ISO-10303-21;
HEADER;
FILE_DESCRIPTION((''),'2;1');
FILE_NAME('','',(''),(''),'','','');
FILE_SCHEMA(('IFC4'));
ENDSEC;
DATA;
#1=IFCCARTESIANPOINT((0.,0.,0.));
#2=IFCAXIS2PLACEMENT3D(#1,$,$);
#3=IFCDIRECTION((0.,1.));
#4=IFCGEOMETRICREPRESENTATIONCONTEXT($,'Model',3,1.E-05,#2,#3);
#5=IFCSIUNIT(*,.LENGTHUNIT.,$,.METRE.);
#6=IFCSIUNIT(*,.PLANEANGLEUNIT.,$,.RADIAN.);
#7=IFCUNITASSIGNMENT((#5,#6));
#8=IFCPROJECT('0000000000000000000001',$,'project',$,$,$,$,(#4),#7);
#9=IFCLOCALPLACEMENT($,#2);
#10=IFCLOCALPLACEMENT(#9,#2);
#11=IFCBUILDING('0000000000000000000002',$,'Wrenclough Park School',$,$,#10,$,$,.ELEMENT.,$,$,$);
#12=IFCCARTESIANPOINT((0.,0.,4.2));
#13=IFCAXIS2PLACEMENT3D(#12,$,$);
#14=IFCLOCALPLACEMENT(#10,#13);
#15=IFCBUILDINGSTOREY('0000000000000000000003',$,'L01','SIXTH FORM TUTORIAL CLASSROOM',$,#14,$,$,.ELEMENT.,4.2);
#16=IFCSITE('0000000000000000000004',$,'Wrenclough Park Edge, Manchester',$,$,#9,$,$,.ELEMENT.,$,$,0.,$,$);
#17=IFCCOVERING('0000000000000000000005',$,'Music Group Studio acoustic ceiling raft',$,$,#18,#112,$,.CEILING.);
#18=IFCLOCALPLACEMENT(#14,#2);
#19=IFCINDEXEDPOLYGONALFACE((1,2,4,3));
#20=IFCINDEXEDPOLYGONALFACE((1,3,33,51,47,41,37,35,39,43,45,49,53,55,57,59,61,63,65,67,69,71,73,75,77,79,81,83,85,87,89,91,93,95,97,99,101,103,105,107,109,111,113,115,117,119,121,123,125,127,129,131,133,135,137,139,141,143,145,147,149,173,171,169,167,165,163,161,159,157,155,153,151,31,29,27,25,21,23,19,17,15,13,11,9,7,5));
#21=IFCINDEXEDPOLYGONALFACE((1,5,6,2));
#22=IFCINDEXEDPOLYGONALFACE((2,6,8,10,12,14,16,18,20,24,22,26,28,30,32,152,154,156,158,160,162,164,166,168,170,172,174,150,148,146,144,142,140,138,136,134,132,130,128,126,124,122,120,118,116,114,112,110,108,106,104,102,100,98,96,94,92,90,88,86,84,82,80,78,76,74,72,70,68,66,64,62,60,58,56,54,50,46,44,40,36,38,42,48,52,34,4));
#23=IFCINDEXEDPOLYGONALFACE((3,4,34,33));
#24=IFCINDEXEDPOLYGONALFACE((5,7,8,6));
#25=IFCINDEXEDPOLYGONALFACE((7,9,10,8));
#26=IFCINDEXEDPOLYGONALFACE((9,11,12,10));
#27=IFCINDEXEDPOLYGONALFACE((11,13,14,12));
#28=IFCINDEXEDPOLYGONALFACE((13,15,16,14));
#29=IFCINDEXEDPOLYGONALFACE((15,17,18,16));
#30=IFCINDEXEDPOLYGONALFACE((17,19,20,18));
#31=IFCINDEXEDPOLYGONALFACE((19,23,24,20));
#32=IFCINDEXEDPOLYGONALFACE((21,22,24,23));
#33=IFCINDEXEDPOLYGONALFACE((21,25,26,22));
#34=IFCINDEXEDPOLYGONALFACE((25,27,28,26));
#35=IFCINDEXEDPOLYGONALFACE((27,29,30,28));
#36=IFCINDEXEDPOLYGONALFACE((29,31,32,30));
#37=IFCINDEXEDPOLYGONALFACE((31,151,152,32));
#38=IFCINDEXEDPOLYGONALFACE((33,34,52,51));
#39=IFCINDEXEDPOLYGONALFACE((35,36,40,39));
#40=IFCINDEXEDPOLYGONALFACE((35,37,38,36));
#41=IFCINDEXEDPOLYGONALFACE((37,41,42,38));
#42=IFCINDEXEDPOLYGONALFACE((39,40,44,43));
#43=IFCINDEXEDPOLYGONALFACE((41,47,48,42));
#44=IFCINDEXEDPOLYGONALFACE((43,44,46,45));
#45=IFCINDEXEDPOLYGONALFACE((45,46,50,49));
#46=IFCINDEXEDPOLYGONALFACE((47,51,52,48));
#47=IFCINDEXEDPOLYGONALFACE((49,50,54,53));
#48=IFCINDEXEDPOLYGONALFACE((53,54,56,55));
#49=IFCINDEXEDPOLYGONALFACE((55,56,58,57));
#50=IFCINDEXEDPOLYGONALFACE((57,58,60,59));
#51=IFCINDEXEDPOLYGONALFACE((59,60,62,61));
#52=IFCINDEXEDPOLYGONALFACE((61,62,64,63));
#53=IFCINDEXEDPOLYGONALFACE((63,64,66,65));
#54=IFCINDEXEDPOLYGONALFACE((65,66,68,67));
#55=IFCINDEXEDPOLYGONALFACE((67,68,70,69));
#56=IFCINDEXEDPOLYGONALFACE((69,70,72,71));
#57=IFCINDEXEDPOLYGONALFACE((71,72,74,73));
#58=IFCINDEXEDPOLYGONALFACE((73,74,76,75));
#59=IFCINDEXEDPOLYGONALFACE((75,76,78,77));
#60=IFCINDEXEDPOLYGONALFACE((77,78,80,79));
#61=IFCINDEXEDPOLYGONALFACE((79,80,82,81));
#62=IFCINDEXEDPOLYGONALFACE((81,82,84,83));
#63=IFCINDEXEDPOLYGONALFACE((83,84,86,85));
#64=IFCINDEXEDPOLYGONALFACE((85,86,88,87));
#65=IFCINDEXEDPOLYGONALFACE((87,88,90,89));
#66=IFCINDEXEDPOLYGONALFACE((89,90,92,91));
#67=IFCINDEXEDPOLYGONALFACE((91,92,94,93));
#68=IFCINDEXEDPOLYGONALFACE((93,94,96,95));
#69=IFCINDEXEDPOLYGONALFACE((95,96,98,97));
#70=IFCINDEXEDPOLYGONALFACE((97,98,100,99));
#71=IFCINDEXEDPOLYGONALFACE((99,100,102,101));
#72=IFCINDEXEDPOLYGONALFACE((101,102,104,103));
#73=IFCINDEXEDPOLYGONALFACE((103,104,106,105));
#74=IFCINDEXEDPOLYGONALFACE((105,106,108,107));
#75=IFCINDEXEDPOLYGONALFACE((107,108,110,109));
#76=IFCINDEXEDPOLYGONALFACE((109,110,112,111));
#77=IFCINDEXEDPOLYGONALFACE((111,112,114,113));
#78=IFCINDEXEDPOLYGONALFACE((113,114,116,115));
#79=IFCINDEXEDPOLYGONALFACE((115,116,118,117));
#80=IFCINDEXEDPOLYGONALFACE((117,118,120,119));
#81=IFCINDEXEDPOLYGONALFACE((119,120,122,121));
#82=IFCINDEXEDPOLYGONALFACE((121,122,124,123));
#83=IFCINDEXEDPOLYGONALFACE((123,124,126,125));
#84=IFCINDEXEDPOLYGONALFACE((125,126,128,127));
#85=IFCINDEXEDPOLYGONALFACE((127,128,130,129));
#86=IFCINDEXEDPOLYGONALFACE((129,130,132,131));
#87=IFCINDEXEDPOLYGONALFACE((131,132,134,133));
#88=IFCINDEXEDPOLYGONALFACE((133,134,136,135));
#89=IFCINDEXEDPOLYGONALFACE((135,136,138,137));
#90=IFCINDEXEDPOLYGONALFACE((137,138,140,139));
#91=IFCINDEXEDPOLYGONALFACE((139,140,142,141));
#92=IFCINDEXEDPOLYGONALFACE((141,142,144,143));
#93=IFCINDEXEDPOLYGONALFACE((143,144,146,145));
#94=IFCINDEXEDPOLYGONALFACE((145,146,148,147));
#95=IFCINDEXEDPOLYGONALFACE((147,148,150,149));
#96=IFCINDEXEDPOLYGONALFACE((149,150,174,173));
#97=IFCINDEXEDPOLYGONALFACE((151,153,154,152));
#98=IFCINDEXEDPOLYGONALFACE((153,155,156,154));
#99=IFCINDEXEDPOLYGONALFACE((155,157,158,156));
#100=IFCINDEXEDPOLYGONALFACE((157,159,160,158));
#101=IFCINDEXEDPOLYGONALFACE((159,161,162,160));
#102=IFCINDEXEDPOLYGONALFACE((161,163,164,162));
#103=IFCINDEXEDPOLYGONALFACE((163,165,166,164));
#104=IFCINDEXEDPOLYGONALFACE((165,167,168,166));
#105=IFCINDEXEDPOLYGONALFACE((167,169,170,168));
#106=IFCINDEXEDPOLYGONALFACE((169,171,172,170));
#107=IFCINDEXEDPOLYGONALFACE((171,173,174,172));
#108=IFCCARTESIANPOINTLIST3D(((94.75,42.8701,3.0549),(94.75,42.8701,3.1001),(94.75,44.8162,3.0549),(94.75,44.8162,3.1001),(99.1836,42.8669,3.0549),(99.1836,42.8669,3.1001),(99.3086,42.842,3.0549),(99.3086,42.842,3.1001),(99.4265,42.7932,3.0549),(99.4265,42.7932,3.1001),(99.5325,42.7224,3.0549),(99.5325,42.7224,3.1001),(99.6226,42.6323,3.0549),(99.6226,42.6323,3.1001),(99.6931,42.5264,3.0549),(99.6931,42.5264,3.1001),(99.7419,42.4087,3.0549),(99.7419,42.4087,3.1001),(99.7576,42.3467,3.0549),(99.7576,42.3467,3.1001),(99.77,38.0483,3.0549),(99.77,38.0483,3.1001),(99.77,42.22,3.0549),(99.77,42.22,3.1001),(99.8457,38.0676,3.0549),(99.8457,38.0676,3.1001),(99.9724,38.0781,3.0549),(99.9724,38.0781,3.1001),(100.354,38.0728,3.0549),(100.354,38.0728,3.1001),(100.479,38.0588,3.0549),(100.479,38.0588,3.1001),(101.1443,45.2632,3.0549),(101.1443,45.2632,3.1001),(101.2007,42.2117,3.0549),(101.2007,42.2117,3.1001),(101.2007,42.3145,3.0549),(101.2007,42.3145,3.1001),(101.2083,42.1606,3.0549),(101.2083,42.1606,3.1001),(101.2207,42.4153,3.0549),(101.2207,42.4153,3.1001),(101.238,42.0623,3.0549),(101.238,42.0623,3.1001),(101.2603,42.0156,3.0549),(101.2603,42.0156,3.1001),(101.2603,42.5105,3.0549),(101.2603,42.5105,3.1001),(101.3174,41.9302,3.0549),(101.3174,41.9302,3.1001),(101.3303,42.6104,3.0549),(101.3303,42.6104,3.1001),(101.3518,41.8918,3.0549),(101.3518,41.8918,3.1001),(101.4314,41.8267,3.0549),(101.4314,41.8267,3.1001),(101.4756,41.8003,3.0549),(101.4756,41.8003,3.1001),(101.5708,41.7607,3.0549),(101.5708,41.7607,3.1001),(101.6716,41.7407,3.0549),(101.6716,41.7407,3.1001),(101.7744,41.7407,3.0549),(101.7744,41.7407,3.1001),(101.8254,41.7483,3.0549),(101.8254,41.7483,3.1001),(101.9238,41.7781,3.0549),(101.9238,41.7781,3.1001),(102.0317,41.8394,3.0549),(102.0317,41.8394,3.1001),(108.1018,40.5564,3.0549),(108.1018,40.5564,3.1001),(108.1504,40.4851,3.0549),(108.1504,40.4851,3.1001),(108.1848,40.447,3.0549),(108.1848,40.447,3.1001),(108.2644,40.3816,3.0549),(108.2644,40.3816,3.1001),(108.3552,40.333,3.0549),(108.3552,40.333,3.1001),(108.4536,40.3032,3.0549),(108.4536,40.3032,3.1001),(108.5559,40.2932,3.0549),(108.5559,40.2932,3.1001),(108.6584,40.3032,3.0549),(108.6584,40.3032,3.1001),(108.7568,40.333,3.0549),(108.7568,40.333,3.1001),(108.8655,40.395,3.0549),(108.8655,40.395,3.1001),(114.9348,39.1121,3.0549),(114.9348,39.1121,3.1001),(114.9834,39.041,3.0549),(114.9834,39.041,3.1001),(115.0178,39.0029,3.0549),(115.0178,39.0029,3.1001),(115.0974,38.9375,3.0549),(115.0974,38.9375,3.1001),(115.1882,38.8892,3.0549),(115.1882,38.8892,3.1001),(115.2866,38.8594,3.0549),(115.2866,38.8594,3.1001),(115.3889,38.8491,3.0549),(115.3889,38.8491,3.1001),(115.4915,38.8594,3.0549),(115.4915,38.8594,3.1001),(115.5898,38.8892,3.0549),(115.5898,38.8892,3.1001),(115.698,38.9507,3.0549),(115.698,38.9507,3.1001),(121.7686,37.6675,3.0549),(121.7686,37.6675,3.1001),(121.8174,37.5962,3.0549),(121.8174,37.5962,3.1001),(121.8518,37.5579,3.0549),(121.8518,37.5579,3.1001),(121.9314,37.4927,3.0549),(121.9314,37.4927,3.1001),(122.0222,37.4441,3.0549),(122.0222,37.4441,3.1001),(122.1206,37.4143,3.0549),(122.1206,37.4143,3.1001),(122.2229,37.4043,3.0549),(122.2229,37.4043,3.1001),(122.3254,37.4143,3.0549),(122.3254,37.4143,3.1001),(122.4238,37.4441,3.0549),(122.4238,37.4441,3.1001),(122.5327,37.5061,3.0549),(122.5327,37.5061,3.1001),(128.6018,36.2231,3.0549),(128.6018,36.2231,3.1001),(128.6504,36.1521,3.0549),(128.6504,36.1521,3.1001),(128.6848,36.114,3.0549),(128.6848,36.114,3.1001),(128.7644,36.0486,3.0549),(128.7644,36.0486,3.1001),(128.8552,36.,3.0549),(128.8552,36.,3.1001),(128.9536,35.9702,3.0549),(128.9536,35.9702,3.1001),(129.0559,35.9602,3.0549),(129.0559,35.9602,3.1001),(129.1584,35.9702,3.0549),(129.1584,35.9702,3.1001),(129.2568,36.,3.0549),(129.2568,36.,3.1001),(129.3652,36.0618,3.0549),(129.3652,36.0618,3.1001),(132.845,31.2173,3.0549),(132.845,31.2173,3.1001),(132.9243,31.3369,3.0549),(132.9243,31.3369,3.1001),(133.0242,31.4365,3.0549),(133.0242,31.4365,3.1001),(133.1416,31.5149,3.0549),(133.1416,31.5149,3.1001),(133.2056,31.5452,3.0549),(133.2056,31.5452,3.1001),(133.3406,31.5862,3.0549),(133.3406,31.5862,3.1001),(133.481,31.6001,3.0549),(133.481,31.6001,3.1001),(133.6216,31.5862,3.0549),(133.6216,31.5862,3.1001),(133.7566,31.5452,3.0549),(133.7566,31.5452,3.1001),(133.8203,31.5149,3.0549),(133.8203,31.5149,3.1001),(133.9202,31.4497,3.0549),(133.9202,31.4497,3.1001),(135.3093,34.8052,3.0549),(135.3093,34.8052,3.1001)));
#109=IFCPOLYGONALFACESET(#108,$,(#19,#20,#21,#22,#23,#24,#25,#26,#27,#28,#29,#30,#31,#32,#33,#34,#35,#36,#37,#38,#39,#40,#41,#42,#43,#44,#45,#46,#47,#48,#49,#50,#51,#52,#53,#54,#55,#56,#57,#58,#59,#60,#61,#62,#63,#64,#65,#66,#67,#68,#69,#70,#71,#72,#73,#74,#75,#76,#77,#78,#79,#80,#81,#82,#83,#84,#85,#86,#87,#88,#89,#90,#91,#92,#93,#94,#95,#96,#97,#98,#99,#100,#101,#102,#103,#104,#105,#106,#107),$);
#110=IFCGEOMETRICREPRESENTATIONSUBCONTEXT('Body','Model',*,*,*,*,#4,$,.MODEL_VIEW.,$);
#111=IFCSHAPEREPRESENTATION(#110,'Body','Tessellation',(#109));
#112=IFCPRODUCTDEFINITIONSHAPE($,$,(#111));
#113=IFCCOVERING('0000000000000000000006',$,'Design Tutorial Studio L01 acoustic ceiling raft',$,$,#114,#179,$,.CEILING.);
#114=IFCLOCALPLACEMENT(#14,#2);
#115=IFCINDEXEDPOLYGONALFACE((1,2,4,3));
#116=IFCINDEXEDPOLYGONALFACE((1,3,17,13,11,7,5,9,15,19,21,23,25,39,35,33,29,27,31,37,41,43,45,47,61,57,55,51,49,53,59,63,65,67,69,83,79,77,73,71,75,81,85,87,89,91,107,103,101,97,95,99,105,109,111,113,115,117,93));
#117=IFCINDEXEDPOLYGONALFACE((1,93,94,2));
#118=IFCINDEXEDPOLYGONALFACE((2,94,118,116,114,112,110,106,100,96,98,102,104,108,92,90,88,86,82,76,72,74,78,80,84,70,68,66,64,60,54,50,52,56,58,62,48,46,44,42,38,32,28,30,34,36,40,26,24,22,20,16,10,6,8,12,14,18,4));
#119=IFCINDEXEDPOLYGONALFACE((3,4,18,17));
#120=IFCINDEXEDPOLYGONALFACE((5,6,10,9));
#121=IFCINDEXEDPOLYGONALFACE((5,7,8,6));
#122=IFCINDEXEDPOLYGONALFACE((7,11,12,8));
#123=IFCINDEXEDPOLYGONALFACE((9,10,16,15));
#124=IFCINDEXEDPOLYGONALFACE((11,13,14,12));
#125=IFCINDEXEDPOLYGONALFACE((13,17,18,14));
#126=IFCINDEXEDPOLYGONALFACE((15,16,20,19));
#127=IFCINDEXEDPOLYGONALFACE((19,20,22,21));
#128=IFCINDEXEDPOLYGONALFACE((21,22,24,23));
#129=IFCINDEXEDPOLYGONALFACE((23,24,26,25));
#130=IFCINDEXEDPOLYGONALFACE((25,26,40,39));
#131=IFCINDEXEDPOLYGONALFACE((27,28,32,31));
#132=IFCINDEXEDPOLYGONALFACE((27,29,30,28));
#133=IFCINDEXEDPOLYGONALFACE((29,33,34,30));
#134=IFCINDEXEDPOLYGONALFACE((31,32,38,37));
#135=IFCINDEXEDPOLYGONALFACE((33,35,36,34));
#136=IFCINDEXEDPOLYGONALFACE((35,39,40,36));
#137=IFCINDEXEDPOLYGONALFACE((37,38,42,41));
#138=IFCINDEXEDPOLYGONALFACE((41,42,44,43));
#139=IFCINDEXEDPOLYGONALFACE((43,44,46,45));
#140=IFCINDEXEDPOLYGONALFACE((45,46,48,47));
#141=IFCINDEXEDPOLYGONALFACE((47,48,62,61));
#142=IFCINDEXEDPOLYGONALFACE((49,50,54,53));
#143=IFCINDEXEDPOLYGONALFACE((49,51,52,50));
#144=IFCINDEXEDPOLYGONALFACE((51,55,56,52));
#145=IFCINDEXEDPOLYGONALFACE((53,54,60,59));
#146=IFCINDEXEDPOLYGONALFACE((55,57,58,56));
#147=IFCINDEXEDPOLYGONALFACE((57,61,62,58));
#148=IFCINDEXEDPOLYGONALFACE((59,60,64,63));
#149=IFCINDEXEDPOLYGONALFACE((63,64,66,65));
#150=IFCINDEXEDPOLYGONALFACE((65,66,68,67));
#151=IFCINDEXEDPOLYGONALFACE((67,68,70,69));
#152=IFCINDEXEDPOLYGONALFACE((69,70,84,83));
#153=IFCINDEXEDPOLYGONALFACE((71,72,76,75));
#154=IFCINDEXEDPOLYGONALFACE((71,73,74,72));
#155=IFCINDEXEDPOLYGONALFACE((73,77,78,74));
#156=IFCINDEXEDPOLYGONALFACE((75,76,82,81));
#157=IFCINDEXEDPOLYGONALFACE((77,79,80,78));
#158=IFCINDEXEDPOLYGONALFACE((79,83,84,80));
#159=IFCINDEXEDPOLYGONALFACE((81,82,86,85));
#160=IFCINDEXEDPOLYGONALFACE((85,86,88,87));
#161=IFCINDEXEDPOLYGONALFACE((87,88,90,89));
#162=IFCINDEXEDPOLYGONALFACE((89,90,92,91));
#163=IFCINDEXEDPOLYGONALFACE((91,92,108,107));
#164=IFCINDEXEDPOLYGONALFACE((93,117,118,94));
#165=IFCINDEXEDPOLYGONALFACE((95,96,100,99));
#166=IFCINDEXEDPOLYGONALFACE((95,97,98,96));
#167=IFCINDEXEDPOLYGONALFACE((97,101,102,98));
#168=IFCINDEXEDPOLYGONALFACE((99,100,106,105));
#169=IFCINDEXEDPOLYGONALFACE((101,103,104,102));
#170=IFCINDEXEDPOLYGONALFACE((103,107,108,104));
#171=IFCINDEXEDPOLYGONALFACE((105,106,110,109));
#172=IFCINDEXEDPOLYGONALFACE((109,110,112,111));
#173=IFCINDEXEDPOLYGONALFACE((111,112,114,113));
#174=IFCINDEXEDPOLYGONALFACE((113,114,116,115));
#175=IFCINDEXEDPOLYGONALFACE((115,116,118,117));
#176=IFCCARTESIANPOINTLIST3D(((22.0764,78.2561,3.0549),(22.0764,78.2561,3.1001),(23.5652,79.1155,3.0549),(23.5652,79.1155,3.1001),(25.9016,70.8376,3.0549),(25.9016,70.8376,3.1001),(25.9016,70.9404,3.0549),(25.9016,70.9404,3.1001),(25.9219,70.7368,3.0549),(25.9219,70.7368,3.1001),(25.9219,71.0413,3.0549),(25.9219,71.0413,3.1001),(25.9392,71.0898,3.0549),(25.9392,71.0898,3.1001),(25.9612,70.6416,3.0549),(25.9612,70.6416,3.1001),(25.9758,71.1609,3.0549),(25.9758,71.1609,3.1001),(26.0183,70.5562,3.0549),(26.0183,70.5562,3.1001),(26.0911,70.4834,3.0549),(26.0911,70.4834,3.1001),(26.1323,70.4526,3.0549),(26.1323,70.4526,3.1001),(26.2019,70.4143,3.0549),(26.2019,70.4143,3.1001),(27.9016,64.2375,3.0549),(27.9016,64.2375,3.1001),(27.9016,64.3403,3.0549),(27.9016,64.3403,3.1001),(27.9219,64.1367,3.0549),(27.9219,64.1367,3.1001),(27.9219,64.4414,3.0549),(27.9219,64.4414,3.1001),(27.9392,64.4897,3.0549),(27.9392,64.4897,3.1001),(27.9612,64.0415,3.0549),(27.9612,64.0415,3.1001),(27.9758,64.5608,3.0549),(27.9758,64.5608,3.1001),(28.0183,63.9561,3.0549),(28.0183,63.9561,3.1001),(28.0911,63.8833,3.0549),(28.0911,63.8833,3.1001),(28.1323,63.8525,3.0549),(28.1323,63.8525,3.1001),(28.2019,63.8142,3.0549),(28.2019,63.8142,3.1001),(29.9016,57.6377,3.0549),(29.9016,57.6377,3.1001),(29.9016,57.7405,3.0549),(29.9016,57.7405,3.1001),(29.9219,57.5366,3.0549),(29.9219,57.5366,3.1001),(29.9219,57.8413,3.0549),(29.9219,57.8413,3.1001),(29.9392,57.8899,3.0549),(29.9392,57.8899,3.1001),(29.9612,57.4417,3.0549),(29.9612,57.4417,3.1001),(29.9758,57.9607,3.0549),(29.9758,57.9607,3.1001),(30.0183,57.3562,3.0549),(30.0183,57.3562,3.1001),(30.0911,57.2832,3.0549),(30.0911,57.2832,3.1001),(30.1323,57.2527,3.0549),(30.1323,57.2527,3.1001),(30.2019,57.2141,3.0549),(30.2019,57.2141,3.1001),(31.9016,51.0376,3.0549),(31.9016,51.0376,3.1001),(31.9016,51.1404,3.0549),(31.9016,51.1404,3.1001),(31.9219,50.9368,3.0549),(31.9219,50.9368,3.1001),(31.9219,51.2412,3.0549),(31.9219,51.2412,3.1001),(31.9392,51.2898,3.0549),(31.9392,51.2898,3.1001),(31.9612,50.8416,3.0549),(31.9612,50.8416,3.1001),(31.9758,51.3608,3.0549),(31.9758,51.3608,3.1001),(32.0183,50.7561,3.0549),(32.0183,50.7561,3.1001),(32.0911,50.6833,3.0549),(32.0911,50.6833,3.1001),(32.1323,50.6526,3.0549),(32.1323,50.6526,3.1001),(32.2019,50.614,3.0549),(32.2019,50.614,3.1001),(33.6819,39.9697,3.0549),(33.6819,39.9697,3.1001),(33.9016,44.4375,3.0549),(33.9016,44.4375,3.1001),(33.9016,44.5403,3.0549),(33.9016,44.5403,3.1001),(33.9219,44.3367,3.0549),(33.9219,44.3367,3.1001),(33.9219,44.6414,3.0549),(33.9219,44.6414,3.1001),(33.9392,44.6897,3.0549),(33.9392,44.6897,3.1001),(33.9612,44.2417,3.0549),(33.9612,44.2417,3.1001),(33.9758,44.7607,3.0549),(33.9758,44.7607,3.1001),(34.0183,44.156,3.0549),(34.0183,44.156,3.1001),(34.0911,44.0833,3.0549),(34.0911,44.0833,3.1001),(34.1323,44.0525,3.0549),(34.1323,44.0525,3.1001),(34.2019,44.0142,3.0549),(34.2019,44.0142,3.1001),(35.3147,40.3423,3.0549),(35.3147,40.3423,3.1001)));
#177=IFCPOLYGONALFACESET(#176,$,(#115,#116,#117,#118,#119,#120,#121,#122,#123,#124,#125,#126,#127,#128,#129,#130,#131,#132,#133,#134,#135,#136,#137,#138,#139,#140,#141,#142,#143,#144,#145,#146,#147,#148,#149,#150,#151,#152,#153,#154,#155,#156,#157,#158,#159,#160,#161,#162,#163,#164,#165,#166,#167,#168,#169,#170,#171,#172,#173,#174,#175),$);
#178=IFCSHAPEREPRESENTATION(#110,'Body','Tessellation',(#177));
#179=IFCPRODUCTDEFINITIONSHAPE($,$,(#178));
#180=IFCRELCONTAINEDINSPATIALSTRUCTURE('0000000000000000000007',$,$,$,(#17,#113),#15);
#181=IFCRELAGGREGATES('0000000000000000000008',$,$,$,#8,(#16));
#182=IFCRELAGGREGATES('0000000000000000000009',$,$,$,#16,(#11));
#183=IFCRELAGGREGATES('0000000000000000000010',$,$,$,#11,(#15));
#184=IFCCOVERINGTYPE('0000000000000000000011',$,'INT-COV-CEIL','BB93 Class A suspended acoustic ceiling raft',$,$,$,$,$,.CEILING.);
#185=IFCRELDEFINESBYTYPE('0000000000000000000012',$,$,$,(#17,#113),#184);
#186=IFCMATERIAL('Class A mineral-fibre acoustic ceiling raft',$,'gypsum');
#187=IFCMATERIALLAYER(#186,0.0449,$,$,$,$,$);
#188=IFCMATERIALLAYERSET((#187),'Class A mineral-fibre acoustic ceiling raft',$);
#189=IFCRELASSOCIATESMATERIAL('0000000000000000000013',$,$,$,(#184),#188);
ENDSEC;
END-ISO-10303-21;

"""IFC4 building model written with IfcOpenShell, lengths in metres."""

from ifc_helpers import new_model, si_unit, direction, frame, origin, place, context, subcontext, project, spatial, polyline, outline, extrude, material, layer, layer_set, type_object, element, save


model = new_model("IFC4")

# Units and contexts
model_context = context("Model", 3, precision=1e-05, world=origin(), true_north=direction((0.0, 1.0)))
body_context = subcontext(model_context, "Body", "Model", "MODEL_VIEW")
ifc_project = project(units=[si_unit("LENGTHUNIT", "METRE"), si_unit("PLANEANGLEUNIT", "RADIAN")], contexts=[model_context])

# Site, building, storey
site_placement = place(None, origin())
site = spatial("IfcSite", under=ifc_project, at=site_placement, Name="Wrenclough Park Edge, Manchester", CompositionType="ELEMENT", RefElevation=0.0)
building_placement = place(site_placement, origin())
building = spatial("IfcBuilding", under=site, at=building_placement, Name="Wrenclough Park School", CompositionType="ELEMENT")
storey_placement = place(building_placement, frame((0.0, 0.0, 4.2)))
storey = spatial("IfcBuildingStorey", under=building, at=storey_placement, Name="L01", Description="SIXTH FORM TUTORIAL CLASSROOM", CompositionType="ELEMENT", Elevation=4.2)

# Coverings
ifc_material_1 = material(Name="Class A mineral-fibre acoustic ceiling raft", Category="gypsum")
ifc_layer_1 = layer(ifc_material_1, 0.0449)
ifc_layer_set_1 = layer_set([ifc_layer_1], Name="Class A mineral-fibre acoustic ceiling raft")
covering_type_1 = type_object("IfcCoveringType", Name="INT-COV-CEIL", Description="BB93 Class A suspended acoustic ceiling raft", PredefinedType="CEILING", material=ifc_layer_set_1)
covering_1_placement = place(storey_placement, frame((0.0, 0.0, 3.0549)))
element("IfcCovering", 1, at=covering_1_placement, inside=storey, type_object=covering_type_1, Name="Music Group Studio acoustic ceiling raft", PredefinedType="CEILING", context=body_context, shape_type="SweptSolid", body=[
    extrude(outline(polyline([(99.77, 42.22), (99.77, 38.0483), (99.8457, 38.0676), (99.9724, 38.0781), (100.354, 38.0728), (100.479, 38.0588), (132.845, 31.2173), (132.9243, 31.3369), (133.0242, 31.4365), (133.1416, 31.5149), (133.2056, 31.5452), (133.3406, 31.5862), (133.481, 31.6001), (133.6216, 31.5862), (133.7566, 31.5452), (133.8203, 31.5149), (133.9202, 31.4497), (135.3093, 34.8052), (129.3652, 36.0618), (129.2568, 36.0), (129.1584, 35.9702), (129.0559, 35.9602), (128.9536, 35.9702), (128.8552, 36.0), (128.7644, 36.0486), (128.6848, 36.114), (128.6504, 36.1521), (128.6018, 36.2231), (122.5327, 37.5061), (122.4238, 37.4441), (122.3254, 37.4143), (122.2229, 37.4043), (122.1206, 37.4143), (122.0222, 37.4441), (121.9314, 37.4927), (121.8518, 37.5579), (121.8174, 37.5962), (121.7686, 37.6675), (115.698, 38.9507), (115.5898, 38.8892), (115.4915, 38.8594), (115.3889, 38.8491), (115.2866, 38.8594), (115.1882, 38.8892), (115.0974, 38.9375), (115.0178, 39.0029), (114.9834, 39.041), (114.9348, 39.1121), (108.8655, 40.395), (108.7568, 40.333), (108.6584, 40.3032), (108.5559, 40.2932), (108.4536, 40.3032), (108.3552, 40.333), (108.2644, 40.3816), (108.1848, 40.447), (108.1504, 40.4851), (108.1018, 40.5564), (102.0317, 41.8394), (101.9238, 41.7781), (101.8254, 41.7483), (101.7744, 41.7407), (101.6716, 41.7407), (101.5708, 41.7607), (101.4756, 41.8003), (101.4314, 41.8267), (101.3518, 41.8918), (101.3174, 41.9302), (101.2603, 42.0156), (101.238, 42.0623), (101.2083, 42.1606), (101.2007, 42.2117), (101.2007, 42.3145), (101.2207, 42.4153), (101.2603, 42.5105), (101.3303, 42.6104), (101.1443, 45.2632), (94.75, 44.8162), (94.75, 42.8701), (99.1836, 42.8669), (99.3086, 42.842), (99.4265, 42.7932), (99.5325, 42.7224), (99.6226, 42.6323), (99.6931, 42.5264), (99.7419, 42.4087), (99.7576, 42.3467), (99.77, 42.22)])), origin(), (0.0, 0.0, 1.0), 0.0452),
])
covering_2_placement = place(storey_placement, frame((0.0, 0.0, 3.0549)))
element("IfcCovering", 2, at=covering_2_placement, inside=storey, type_object=covering_type_1, Name="Design Tutorial Studio L01 acoustic ceiling raft", PredefinedType="CEILING", context=body_context, shape_type="SweptSolid", body=[
    extrude(outline(polyline([(33.6819, 39.9697), (35.3147, 40.3423), (34.2019, 44.0142), (34.1323, 44.0525), (34.0911, 44.0833), (34.0183, 44.156), (33.9612, 44.2417), (33.9219, 44.3367), (33.9016, 44.4375), (33.9016, 44.5403), (33.9219, 44.6414), (33.9392, 44.6897), (33.9758, 44.7607), (32.2019, 50.614), (32.1323, 50.6526), (32.0911, 50.6833), (32.0183, 50.7561), (31.9612, 50.8416), (31.9219, 50.9368), (31.9016, 51.0376), (31.9016, 51.1404), (31.9219, 51.2412), (31.9392, 51.2898), (31.9758, 51.3608), (30.2019, 57.2141), (30.1323, 57.2527), (30.0911, 57.2832), (30.0183, 57.3562), (29.9612, 57.4417), (29.9219, 57.5366), (29.9016, 57.6377), (29.9016, 57.7405), (29.9219, 57.8413), (29.9392, 57.8899), (29.9758, 57.9607), (28.2019, 63.8142), (28.1323, 63.8525), (28.0911, 63.8833), (28.0183, 63.9561), (27.9612, 64.0415), (27.9219, 64.1367), (27.9016, 64.2375), (27.9016, 64.3403), (27.9219, 64.4414), (27.9392, 64.4897), (27.9758, 64.5608), (26.2019, 70.4143), (26.1323, 70.4526), (26.0911, 70.4834), (26.0183, 70.5562), (25.9612, 70.6416), (25.9219, 70.7368), (25.9016, 70.8376), (25.9016, 70.9404), (25.9219, 71.0413), (25.9392, 71.0898), (25.9758, 71.1609), (23.5652, 79.1155), (22.0764, 78.2561), (33.6819, 39.9697)])), origin(), (0.0, 0.0, 1.0), 0.0452),
])

save(model, "model.ifc")
